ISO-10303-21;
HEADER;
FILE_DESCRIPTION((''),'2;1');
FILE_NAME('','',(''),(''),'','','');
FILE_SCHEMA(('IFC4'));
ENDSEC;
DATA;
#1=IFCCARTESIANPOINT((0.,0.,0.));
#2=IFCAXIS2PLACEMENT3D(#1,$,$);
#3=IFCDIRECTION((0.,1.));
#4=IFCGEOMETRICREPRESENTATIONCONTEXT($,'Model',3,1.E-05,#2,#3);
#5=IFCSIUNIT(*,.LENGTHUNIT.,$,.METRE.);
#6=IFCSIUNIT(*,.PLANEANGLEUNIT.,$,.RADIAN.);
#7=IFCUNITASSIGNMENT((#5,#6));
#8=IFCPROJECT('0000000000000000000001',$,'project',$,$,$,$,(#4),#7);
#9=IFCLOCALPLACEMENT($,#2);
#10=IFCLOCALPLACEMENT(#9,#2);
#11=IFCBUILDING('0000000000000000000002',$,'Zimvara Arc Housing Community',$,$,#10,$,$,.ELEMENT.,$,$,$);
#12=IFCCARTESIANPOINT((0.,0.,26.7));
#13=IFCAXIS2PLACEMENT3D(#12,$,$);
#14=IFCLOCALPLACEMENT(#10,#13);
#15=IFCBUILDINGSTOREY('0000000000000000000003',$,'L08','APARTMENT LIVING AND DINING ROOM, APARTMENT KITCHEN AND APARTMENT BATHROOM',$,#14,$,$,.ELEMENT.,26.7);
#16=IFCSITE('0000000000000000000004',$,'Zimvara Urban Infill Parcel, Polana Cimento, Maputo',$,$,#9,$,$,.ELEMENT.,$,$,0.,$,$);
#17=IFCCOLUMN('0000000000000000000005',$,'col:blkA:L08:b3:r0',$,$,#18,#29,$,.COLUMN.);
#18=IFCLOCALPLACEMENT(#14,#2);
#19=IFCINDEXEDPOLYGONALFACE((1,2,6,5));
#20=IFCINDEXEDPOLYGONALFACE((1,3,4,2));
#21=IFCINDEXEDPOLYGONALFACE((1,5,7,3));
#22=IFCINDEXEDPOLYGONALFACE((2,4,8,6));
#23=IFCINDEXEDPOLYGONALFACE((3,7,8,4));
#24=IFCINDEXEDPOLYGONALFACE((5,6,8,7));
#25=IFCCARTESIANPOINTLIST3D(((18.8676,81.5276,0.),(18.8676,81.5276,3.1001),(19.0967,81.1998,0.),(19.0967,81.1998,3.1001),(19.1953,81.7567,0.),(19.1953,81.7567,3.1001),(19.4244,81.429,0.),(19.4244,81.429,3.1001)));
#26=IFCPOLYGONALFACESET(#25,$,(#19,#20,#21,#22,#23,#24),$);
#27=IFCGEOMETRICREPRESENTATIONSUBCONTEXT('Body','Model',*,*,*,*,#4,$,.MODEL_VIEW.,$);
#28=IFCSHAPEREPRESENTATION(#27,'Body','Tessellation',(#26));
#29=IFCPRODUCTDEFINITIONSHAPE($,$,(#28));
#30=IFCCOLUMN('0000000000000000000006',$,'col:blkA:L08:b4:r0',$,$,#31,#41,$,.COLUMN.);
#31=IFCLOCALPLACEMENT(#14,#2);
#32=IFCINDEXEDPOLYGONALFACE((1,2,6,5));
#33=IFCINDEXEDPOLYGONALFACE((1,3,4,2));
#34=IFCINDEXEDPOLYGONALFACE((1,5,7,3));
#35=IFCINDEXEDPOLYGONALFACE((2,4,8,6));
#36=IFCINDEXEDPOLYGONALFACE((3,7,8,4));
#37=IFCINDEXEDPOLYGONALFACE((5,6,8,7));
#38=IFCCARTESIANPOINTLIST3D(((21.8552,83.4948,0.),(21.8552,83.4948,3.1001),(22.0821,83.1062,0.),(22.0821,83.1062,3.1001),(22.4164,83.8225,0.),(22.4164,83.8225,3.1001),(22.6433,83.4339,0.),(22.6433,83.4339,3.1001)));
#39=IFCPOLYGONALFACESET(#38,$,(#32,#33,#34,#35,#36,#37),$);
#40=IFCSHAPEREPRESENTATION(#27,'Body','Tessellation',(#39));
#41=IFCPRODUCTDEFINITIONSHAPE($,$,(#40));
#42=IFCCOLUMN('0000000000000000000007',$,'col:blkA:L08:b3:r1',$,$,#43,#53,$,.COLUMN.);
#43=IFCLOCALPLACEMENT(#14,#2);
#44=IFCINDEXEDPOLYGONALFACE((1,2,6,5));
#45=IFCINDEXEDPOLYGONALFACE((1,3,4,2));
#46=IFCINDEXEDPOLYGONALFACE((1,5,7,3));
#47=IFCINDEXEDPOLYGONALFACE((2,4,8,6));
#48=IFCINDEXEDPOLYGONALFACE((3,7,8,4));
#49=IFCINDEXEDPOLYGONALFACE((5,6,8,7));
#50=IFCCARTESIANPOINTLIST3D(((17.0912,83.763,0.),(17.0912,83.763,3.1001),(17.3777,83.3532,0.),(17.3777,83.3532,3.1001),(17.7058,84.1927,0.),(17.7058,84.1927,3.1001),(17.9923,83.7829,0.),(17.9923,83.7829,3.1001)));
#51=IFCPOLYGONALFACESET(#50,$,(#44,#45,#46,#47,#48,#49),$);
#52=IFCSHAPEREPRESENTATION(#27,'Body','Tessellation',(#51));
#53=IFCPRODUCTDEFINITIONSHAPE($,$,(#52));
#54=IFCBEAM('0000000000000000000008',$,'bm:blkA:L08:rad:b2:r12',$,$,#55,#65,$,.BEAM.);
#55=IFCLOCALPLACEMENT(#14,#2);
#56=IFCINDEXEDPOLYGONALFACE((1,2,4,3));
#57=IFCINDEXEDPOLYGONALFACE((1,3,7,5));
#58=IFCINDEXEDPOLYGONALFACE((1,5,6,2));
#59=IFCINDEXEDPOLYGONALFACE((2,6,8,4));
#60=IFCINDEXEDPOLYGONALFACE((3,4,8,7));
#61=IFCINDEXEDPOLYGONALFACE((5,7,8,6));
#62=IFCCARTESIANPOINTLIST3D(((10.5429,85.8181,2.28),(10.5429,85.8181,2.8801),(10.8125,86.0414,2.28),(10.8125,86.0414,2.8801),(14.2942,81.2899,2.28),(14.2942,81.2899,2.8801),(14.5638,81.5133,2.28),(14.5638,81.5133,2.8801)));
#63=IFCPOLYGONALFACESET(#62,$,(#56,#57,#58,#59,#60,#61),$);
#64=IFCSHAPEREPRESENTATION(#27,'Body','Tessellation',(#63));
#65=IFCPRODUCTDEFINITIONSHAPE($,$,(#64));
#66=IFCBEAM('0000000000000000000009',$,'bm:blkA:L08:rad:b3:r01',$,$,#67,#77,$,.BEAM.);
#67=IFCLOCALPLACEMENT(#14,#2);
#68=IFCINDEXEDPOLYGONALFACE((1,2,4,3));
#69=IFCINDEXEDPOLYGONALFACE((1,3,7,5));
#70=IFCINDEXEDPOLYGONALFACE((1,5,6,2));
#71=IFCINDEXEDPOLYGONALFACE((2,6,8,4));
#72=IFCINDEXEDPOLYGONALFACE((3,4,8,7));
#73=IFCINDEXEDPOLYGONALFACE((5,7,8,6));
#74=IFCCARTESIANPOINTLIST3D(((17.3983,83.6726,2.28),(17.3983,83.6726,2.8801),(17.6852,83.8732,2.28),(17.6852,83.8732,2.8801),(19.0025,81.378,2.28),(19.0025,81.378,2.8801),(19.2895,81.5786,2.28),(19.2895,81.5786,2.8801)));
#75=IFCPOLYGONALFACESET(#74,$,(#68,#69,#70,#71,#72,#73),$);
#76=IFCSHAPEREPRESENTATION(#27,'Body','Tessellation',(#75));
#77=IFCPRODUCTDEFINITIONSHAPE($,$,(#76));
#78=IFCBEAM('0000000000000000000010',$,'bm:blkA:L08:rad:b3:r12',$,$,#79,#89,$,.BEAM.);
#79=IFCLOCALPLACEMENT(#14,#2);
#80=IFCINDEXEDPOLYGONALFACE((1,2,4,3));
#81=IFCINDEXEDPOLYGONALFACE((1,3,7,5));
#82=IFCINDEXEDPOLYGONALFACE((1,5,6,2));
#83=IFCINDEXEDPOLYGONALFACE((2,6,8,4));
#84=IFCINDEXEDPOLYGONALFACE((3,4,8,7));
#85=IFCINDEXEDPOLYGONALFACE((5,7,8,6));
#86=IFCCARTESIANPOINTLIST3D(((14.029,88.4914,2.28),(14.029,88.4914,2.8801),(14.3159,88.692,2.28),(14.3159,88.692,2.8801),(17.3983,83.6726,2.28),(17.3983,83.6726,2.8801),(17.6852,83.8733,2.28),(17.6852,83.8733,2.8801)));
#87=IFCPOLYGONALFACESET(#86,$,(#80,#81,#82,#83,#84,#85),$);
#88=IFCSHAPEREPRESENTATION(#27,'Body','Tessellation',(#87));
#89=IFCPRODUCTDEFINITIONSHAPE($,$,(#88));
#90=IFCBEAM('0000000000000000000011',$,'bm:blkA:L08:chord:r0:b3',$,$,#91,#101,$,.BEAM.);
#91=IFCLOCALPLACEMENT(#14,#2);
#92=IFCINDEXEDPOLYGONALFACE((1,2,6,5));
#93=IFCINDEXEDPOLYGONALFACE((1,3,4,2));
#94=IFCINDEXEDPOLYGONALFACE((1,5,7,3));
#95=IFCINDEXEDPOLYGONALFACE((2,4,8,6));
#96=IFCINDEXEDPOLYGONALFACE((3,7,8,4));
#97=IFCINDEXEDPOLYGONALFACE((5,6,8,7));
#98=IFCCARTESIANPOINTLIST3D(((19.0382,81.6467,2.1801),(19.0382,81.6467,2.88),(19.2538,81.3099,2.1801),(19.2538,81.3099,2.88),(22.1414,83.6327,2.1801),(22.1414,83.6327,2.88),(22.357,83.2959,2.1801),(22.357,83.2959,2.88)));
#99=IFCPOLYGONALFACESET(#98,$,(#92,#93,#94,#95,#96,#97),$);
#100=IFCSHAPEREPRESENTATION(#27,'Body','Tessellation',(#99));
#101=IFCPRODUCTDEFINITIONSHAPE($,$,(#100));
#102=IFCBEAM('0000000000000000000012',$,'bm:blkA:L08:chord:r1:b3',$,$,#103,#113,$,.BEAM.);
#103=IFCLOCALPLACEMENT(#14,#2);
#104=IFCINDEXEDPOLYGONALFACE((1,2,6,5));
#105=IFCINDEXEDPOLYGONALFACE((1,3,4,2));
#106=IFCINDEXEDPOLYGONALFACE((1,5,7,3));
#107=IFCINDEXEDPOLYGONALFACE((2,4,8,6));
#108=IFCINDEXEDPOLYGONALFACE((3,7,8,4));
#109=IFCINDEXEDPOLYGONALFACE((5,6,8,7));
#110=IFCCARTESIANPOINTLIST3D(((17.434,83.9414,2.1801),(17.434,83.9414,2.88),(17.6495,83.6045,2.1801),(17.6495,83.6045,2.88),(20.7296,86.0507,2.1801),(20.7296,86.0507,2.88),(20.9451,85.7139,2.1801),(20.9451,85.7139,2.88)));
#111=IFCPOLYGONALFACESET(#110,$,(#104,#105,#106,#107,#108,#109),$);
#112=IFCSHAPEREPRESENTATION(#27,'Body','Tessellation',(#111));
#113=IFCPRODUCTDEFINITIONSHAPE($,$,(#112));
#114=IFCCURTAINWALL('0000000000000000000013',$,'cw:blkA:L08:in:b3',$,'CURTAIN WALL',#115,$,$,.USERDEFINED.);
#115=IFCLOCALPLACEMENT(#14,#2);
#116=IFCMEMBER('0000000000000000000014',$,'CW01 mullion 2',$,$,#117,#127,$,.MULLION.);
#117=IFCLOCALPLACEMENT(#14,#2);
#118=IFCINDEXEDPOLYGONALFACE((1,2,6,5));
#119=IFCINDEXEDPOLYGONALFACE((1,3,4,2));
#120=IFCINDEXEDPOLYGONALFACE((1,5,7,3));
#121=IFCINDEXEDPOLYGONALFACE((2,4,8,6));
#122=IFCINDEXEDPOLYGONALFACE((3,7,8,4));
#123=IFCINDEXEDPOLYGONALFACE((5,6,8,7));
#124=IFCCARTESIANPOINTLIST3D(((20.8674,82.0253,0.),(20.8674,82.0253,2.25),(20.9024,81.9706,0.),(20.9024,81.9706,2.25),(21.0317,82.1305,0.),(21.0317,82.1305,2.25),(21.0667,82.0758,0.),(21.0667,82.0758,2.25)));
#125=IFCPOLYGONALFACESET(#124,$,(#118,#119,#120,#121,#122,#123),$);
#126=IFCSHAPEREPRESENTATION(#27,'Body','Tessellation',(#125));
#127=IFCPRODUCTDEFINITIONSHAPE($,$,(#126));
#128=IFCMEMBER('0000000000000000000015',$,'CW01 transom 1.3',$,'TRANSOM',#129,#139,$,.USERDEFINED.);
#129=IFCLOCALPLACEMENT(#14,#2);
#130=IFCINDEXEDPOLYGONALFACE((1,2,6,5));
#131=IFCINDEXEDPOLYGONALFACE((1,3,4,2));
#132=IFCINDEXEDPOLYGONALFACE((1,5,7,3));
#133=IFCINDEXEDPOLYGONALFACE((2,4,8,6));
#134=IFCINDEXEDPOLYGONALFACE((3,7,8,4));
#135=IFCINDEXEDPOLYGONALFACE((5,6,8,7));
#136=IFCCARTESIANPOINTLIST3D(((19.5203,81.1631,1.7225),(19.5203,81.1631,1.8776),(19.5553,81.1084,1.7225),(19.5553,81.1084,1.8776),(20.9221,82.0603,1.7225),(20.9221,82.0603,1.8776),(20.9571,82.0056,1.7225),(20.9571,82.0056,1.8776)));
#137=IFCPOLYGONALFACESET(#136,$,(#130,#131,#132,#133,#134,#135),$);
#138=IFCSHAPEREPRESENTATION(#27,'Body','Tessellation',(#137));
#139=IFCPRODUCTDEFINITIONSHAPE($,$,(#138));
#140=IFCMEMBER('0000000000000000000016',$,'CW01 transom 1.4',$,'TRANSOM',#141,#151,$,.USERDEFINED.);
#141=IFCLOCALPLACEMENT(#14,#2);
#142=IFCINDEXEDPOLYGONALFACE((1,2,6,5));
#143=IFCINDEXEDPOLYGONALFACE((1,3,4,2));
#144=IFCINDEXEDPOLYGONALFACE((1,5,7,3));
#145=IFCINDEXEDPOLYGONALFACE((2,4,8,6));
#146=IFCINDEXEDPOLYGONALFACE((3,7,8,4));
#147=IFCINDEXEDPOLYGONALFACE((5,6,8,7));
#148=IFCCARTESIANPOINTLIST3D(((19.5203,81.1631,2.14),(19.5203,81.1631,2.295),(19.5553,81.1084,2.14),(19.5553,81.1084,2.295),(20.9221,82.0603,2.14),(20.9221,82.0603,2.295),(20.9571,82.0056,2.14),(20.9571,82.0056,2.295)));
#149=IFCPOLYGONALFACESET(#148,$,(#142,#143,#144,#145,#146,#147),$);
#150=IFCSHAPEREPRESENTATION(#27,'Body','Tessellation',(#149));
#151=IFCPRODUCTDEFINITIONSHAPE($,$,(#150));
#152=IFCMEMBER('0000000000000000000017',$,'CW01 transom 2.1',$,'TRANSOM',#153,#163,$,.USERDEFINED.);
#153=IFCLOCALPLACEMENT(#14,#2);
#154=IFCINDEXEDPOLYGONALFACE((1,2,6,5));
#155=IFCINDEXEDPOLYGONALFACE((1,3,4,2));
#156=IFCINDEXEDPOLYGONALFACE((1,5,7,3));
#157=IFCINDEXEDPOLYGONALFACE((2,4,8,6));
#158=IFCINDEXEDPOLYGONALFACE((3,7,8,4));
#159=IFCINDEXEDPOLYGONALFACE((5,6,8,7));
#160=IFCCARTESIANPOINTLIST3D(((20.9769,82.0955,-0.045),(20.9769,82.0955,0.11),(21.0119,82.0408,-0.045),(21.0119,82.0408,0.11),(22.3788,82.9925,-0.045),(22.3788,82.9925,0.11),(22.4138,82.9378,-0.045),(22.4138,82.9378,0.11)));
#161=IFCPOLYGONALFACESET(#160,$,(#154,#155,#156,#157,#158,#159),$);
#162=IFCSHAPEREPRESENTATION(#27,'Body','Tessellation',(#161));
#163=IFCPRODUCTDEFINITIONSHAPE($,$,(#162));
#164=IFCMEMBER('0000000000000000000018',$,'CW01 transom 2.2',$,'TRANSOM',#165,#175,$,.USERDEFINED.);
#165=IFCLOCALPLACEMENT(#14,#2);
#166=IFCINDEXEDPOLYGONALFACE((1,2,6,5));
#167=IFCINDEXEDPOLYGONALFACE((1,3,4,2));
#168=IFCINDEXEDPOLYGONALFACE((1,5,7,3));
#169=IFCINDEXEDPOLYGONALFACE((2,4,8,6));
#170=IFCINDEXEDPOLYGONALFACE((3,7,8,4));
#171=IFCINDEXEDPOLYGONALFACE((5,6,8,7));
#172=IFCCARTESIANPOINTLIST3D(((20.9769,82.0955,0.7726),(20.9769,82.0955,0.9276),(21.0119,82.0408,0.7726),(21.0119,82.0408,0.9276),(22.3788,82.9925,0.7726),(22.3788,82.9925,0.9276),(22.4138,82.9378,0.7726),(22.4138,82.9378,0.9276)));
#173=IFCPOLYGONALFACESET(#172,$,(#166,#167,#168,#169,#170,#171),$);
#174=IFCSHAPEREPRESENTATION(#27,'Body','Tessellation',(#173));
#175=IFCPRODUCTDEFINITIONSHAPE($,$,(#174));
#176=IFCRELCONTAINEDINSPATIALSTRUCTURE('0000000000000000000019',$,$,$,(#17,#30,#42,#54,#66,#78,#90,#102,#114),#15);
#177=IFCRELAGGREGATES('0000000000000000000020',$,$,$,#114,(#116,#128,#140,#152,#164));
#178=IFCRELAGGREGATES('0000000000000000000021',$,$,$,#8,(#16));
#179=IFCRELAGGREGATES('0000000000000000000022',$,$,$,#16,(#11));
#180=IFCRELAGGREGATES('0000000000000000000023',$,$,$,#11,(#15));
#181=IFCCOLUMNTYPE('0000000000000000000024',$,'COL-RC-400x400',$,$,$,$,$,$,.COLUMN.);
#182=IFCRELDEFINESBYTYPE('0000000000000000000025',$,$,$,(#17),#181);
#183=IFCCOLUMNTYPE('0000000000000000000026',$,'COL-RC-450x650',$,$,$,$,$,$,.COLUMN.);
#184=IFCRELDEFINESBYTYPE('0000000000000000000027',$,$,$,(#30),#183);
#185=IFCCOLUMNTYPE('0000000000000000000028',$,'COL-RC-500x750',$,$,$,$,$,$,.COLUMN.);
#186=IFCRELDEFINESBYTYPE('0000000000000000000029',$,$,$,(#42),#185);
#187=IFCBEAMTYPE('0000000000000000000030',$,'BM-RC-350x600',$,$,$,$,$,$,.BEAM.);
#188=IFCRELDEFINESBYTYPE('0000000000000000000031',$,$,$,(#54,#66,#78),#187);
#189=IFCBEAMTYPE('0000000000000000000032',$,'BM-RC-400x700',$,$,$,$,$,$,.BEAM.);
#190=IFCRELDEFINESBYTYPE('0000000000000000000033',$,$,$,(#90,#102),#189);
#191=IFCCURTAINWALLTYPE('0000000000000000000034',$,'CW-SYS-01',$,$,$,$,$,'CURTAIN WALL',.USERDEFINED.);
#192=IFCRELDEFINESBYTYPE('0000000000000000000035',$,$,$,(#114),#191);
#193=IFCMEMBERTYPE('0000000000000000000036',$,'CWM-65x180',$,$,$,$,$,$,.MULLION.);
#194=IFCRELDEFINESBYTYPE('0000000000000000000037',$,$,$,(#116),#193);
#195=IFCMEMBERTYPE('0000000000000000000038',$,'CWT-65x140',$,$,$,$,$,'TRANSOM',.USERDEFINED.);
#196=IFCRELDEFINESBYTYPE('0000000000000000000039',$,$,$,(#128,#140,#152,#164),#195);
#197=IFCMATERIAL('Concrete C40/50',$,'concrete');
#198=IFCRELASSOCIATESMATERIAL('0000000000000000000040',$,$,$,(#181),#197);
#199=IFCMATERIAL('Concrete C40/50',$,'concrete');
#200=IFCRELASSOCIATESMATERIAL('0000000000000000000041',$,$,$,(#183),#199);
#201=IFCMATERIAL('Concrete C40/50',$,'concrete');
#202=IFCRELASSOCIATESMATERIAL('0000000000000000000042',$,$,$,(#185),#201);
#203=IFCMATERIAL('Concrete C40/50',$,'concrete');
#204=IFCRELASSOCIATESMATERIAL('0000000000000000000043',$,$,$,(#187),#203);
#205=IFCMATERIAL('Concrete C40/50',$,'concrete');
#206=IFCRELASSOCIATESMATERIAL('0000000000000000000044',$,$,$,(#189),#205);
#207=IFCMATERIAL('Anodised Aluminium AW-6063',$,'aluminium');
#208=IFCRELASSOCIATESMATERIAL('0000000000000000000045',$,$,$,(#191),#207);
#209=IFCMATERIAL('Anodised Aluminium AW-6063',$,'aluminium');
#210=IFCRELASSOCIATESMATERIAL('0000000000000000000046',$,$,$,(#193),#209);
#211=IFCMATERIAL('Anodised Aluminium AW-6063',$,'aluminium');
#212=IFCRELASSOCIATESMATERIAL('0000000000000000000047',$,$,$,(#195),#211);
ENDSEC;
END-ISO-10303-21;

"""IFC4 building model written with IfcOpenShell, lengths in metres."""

from ifc_helpers import new_model, si_unit, direction, frame, origin, origin_2d, place, context, subcontext, project, spatial, rectangle, extrude, material, material_profile, profile_set, type_object, element, aggregate, save


model = new_model("IFC4")

# Units and contexts
model_context = context("Model", 3, precision=1e-05, world=origin(), true_north=direction((0.0, 1.0)))
body_context = subcontext(model_context, "Body", "Model", "MODEL_VIEW")
ifc_project = project(units=[si_unit("LENGTHUNIT", "METRE"), si_unit("PLANEANGLEUNIT", "RADIAN")], contexts=[model_context])

# Site, building, storey
site_placement = place(None, origin())
site = spatial("IfcSite", under=ifc_project, at=site_placement, Name="Zimvara Urban Infill Parcel, Polana Cimento, Maputo", CompositionType="ELEMENT", RefElevation=0.0)
building_placement = place(site_placement, origin())
building = spatial("IfcBuilding", under=site, at=building_placement, Name="Zimvara Arc Housing Community", CompositionType="ELEMENT")
storey_placement = place(building_placement, frame((0.0, 0.0, 26.7)))
storey = spatial("IfcBuildingStorey", under=building, at=storey_placement, Name="L08", Description="APARTMENT LIVING AND DINING ROOM, APARTMENT KITCHEN AND APARTMENT BATHROOM", CompositionType="ELEMENT", Elevation=26.7)

# Columns
ifc_material_1 = material(Name="Concrete C40/50", Category="concrete")
ifc_material_profile_1 = material_profile(ifc_material_1, rectangle(XDim=0.3999, YDim=0.3999, at=origin_2d()), Name="RC 400x400")
ifc_profile_set_1 = profile_set([ifc_material_profile_1], Name="Concrete C40/50")
column_type_1 = type_object("IfcColumnType", Name="COL-RC-400x400", PredefinedType="COLUMN", material=ifc_profile_set_1)
column_1_placement = place(storey_placement, frame((19.146, 81.4783, 0.0), z_axis=(0.0, 0.0, 1.0), x_axis=(-0.573004, 0.819552, 0.0)))
element("IfcColumn", 1, at=column_1_placement, inside=storey, type_object=column_type_1, Name="col:blkA:L08:b3:r0", PredefinedType="COLUMN", context=body_context, shape_type="SweptSolid", body=[
    extrude(rectangle(XDim=0.3999, YDim=0.3999, at=origin_2d()), origin(), (0.0, 0.0, 1.0), 3.1001),
])
ifc_material_2 = material(Name="Concrete C40/50", Category="concrete")
ifc_material_profile_2 = material_profile(ifc_material_2, rectangle(XDim=0.45, YDim=0.6499, at=origin_2d()), Name="RC 450x650")
ifc_profile_set_2 = profile_set([ifc_material_profile_2], Name="Concrete C40/50")
column_type_2 = type_object("IfcColumnType", Name="COL-RC-450x650", PredefinedType="COLUMN", material=ifc_profile_set_2)
column_2_placement = place(storey_placement, frame((22.2493, 83.4644, 0.0), z_axis=(0.0, 0.0, 1.0), x_axis=(-0.504226, 0.863572, 0.0)))
element("IfcColumn", 2, at=column_2_placement, inside=storey, type_object=column_type_2, Name="col:blkA:L08:b4:r0", PredefinedType="COLUMN", context=body_context, shape_type="SweptSolid", body=[
    extrude(rectangle(XDim=0.45, YDim=0.6499, at=origin_2d()), origin(), (0.0, 0.0, 1.0), 3.1001),
])
ifc_material_3 = material(Name="Concrete C40/50", Category="concrete")
ifc_material_profile_3 = material_profile(ifc_material_3, rectangle(XDim=0.5, YDim=0.75, at=origin_2d()), Name="RC 500x750")
ifc_profile_set_3 = profile_set([ifc_material_profile_3], Name="Concrete C40/50")
column_type_3 = type_object("IfcColumnType", Name="COL-RC-500x750", PredefinedType="COLUMN", material=ifc_profile_set_3)
column_3_placement = place(storey_placement, frame((17.5417, 83.7729, 0.0), z_axis=(0.0, 0.0, 1.0), x_axis=(-0.573004, 0.819552, 0.0)))
element("IfcColumn", 3, at=column_3_placement, inside=storey, type_object=column_type_3, Name="col:blkA:L08:b3:r1", PredefinedType="COLUMN", context=body_context, shape_type="SweptSolid", body=[
    extrude(rectangle(XDim=0.5, YDim=0.75, at=origin_2d()), origin(), (0.0, 0.0, 1.0), 3.1001),
])

# Beams
ifc_material_4 = material(Name="Concrete C40/50", Category="concrete")
ifc_material_profile_4 = material_profile(ifc_material_4, rectangle(XDim=0.3501, YDim=0.6001, at=origin_2d()), Name="RC 350x600")
ifc_profile_set_4 = profile_set([ifc_material_profile_4], Name="Concrete C40/50")
beam_type_1 = type_object("IfcBeamType", Name="BM-RC-350x600", PredefinedType="BEAM", material=ifc_profile_set_4)
beam_1_placement = place(storey_placement, frame((14.429, 81.4016, 2.5801), z_axis=(-0.637956, 0.770073, 0.0), x_axis=(-0.770073, -0.637956, 0.0)))
element("IfcBeam", 4, at=beam_1_placement, inside=storey, type_object=beam_type_1, Name="bm:blkA:L08:rad:b2:r12", PredefinedType="BEAM", context=body_context, shape_type="SweptSolid", body=[
    extrude(rectangle(XDim=0.3501, YDim=0.6001, at=origin_2d()), origin(), (0.0, 0.0, 1.0), 5.8801),
])
beam_2_placement = place(storey_placement, frame((19.146, 81.4783, 2.5801), z_axis=(-0.572977, 0.819572, 0.0), x_axis=(-0.819572, -0.572977, 0.0)))
element("IfcBeam", 5, at=beam_2_placement, inside=storey, type_object=beam_type_1, Name="bm:blkA:L08:rad:b3:r01", PredefinedType="BEAM", context=body_context, shape_type="SweptSolid", body=[
    extrude(rectangle(XDim=0.3501, YDim=0.6001, at=origin_2d()), origin(), (0.0, 0.0, 1.0), 2.7998),
])
beam_3_placement = place(storey_placement, frame((17.5417, 83.7729, 2.5801), z_axis=(-0.573028, 0.819536, 0.0), x_axis=(-0.819536, -0.573028, 0.0)))
element("IfcBeam", 6, at=beam_3_placement, inside=storey, type_object=beam_type_1, Name="bm:blkA:L08:rad:b3:r12", PredefinedType="BEAM", context=body_context, shape_type="SweptSolid", body=[
    extrude(rectangle(XDim=0.3501, YDim=0.6001, at=origin_2d()), origin(), (0.0, 0.0, 1.0), 5.8799),
])
ifc_material_5 = material(Name="Concrete C40/50", Category="concrete")
ifc_material_profile_5 = material_profile(ifc_material_5, rectangle(XDim=0.3999, YDim=0.7, at=origin_2d()), Name="RC 400x700")
ifc_profile_set_5 = profile_set([ifc_material_profile_5], Name="Concrete C40/50")
beam_type_2 = type_object("IfcBeamType", Name="BM-RC-400x700", PredefinedType="BEAM", material=ifc_profile_set_5)
beam_4_placement = place(storey_placement, frame((19.146, 81.4783, 2.53), z_axis=(0.842273, 0.539052, 0.0), x_axis=(-0.539052, 0.842273, 0.0)))
element("IfcBeam", 7, at=beam_4_placement, inside=storey, type_object=beam_type_2, Name="bm:blkA:L08:chord:r0:b3", PredefinedType="BEAM", context=body_context, shape_type="SweptSolid", body=[
    extrude(rectangle(XDim=0.3999, YDim=0.7, at=origin_2d()), origin(), (0.0, 0.0, 1.0), 3.6843),
])
beam_5_placement = place(storey_placement, frame((17.5417, 83.7729, 2.53), z_axis=(0.842253, 0.539082, 0.0), x_axis=(-0.539082, 0.842253, 0.0)))
element("IfcBeam", 8, at=beam_5_placement, inside=storey, type_object=beam_type_2, Name="bm:blkA:L08:chord:r1:b3", PredefinedType="BEAM", context=body_context, shape_type="SweptSolid", body=[
    extrude(rectangle(XDim=0.3999, YDim=0.7, at=origin_2d()), origin(), (0.0, 0.0, 1.0), 3.9128),
])

# Curtain wall, members
ifc_material_6 = material(Name="Anodised Aluminium AW-6063", Category="aluminium")
curtain_wall_type = type_object("IfcCurtainWallType", Name="CW-SYS-01", ElementType="CURTAIN WALL", PredefinedType="USERDEFINED", material=ifc_material_6)
curtain_wall_placement = place(storey_placement, origin())
curtain_wall = element("IfcCurtainWall", 9, at=curtain_wall_placement, inside=storey, type_object=curtain_wall_type, Name="cw:blkA:L08:in:b3", ObjectType="CURTAIN WALL", PredefinedType="USERDEFINED")
ifc_material_7 = material(Name="Anodised Aluminium AW-6063", Category="aluminium")
ifc_material_profile_6 = material_profile(ifc_material_7, rectangle(XDim=0.0649, YDim=0.1951, at=origin_2d()), Name="ALU 65x195")
ifc_profile_set_6 = profile_set([ifc_material_profile_6], Name="Anodised Aluminium AW-6063")
member_type_1 = type_object("IfcMemberType", Name="CWM-65x180", PredefinedType="MULLION", material=ifc_profile_set_6)
member_1_placement = place(storey_placement, frame((20.967, 82.0505, 0.0), z_axis=(0.0, 0.0, 1.0), x_axis=(-0.539064, 0.842265, 0.0)))
member_1 = element("IfcMember", 10, at=member_1_placement, type_object=member_type_1, Name="CW01 mullion 2", PredefinedType="MULLION", context=body_context, shape_type="SweptSolid", body=[
    extrude(rectangle(XDim=0.0649, YDim=0.1951, at=origin_2d()), origin(), (0.0, 0.0, 1.0), 2.25),
])
ifc_material_8 = material(Name="Anodised Aluminium AW-6063", Category="aluminium")
ifc_material_profile_7 = material_profile(ifc_material_8, rectangle(XDim=0.0649, YDim=0.155, at=origin_2d()), Name="ALU 65x155")
ifc_profile_set_7 = profile_set([ifc_material_profile_7], Name="Anodised Aluminium AW-6063")
member_type_2 = type_object("IfcMemberType", Name="CWT-65x140", ElementType="TRANSOM", PredefinedType="USERDEFINED", material=ifc_profile_set_7)
member_2_placement = place(storey_placement, frame((19.5378, 81.1357, 1.8), z_axis=(0.842263, 0.539066, 0.0), x_axis=(-0.539066, 0.842263, 0.0)))
member_2 = element("IfcMember", 11, at=member_2_placement, type_object=member_type_2, Name="CW01 transom 1.3", ObjectType="TRANSOM", PredefinedType="USERDEFINED", context=body_context, shape_type="SweptSolid", body=[
    extrude(rectangle(XDim=0.0649, YDim=0.155, at=origin_2d()), origin(), (0.0, 0.0, 1.0), 1.6643),
])
member_3_placement = place(storey_placement, frame((19.5378, 81.1357, 2.2175), z_axis=(0.842263, 0.539066, 0.0), x_axis=(-0.539066, 0.842263, 0.0)))
member_3 = element("IfcMember", 12, at=member_3_placement, type_object=member_type_2, Name="CW01 transom 1.4", ObjectType="TRANSOM", PredefinedType="USERDEFINED", context=body_context, shape_type="SweptSolid", body=[
    extrude(rectangle(XDim=0.0649, YDim=0.155, at=origin_2d()), origin(), (0.0, 0.0, 1.0), 1.6643),
])
member_4_placement = place(storey_placement, frame((20.9944, 82.0681, 0.0325), z_axis=(0.84233, 0.538962, 0.0), x_axis=(-0.538962, 0.84233, 0.0)))
member_4 = element("IfcMember", 13, at=member_4_placement, type_object=member_type_2, Name="CW01 transom 2.1", ObjectType="TRANSOM", PredefinedType="USERDEFINED", context=body_context, shape_type="SweptSolid", body=[
    extrude(rectangle(XDim=0.0649, YDim=0.155, at=origin_2d()), origin(), (0.0, 0.0, 1.0), 1.6643),
])
member_5_placement = place(storey_placement, frame((20.9944, 82.0681, 0.8501), z_axis=(0.84233, 0.538962, 0.0), x_axis=(-0.538962, 0.84233, 0.0)))
member_5 = element("IfcMember", 14, at=member_5_placement, type_object=member_type_2, Name="CW01 transom 2.2", ObjectType="TRANSOM", PredefinedType="USERDEFINED", context=body_context, shape_type="SweptSolid", body=[
    extrude(rectangle(XDim=0.0649, YDim=0.155, at=origin_2d()), origin(), (0.0, 0.0, 1.0), 1.6643),
])
aggregate(curtain_wall, [member_1, member_2, member_3, member_4, member_5])

save(model, "model.ifc")
